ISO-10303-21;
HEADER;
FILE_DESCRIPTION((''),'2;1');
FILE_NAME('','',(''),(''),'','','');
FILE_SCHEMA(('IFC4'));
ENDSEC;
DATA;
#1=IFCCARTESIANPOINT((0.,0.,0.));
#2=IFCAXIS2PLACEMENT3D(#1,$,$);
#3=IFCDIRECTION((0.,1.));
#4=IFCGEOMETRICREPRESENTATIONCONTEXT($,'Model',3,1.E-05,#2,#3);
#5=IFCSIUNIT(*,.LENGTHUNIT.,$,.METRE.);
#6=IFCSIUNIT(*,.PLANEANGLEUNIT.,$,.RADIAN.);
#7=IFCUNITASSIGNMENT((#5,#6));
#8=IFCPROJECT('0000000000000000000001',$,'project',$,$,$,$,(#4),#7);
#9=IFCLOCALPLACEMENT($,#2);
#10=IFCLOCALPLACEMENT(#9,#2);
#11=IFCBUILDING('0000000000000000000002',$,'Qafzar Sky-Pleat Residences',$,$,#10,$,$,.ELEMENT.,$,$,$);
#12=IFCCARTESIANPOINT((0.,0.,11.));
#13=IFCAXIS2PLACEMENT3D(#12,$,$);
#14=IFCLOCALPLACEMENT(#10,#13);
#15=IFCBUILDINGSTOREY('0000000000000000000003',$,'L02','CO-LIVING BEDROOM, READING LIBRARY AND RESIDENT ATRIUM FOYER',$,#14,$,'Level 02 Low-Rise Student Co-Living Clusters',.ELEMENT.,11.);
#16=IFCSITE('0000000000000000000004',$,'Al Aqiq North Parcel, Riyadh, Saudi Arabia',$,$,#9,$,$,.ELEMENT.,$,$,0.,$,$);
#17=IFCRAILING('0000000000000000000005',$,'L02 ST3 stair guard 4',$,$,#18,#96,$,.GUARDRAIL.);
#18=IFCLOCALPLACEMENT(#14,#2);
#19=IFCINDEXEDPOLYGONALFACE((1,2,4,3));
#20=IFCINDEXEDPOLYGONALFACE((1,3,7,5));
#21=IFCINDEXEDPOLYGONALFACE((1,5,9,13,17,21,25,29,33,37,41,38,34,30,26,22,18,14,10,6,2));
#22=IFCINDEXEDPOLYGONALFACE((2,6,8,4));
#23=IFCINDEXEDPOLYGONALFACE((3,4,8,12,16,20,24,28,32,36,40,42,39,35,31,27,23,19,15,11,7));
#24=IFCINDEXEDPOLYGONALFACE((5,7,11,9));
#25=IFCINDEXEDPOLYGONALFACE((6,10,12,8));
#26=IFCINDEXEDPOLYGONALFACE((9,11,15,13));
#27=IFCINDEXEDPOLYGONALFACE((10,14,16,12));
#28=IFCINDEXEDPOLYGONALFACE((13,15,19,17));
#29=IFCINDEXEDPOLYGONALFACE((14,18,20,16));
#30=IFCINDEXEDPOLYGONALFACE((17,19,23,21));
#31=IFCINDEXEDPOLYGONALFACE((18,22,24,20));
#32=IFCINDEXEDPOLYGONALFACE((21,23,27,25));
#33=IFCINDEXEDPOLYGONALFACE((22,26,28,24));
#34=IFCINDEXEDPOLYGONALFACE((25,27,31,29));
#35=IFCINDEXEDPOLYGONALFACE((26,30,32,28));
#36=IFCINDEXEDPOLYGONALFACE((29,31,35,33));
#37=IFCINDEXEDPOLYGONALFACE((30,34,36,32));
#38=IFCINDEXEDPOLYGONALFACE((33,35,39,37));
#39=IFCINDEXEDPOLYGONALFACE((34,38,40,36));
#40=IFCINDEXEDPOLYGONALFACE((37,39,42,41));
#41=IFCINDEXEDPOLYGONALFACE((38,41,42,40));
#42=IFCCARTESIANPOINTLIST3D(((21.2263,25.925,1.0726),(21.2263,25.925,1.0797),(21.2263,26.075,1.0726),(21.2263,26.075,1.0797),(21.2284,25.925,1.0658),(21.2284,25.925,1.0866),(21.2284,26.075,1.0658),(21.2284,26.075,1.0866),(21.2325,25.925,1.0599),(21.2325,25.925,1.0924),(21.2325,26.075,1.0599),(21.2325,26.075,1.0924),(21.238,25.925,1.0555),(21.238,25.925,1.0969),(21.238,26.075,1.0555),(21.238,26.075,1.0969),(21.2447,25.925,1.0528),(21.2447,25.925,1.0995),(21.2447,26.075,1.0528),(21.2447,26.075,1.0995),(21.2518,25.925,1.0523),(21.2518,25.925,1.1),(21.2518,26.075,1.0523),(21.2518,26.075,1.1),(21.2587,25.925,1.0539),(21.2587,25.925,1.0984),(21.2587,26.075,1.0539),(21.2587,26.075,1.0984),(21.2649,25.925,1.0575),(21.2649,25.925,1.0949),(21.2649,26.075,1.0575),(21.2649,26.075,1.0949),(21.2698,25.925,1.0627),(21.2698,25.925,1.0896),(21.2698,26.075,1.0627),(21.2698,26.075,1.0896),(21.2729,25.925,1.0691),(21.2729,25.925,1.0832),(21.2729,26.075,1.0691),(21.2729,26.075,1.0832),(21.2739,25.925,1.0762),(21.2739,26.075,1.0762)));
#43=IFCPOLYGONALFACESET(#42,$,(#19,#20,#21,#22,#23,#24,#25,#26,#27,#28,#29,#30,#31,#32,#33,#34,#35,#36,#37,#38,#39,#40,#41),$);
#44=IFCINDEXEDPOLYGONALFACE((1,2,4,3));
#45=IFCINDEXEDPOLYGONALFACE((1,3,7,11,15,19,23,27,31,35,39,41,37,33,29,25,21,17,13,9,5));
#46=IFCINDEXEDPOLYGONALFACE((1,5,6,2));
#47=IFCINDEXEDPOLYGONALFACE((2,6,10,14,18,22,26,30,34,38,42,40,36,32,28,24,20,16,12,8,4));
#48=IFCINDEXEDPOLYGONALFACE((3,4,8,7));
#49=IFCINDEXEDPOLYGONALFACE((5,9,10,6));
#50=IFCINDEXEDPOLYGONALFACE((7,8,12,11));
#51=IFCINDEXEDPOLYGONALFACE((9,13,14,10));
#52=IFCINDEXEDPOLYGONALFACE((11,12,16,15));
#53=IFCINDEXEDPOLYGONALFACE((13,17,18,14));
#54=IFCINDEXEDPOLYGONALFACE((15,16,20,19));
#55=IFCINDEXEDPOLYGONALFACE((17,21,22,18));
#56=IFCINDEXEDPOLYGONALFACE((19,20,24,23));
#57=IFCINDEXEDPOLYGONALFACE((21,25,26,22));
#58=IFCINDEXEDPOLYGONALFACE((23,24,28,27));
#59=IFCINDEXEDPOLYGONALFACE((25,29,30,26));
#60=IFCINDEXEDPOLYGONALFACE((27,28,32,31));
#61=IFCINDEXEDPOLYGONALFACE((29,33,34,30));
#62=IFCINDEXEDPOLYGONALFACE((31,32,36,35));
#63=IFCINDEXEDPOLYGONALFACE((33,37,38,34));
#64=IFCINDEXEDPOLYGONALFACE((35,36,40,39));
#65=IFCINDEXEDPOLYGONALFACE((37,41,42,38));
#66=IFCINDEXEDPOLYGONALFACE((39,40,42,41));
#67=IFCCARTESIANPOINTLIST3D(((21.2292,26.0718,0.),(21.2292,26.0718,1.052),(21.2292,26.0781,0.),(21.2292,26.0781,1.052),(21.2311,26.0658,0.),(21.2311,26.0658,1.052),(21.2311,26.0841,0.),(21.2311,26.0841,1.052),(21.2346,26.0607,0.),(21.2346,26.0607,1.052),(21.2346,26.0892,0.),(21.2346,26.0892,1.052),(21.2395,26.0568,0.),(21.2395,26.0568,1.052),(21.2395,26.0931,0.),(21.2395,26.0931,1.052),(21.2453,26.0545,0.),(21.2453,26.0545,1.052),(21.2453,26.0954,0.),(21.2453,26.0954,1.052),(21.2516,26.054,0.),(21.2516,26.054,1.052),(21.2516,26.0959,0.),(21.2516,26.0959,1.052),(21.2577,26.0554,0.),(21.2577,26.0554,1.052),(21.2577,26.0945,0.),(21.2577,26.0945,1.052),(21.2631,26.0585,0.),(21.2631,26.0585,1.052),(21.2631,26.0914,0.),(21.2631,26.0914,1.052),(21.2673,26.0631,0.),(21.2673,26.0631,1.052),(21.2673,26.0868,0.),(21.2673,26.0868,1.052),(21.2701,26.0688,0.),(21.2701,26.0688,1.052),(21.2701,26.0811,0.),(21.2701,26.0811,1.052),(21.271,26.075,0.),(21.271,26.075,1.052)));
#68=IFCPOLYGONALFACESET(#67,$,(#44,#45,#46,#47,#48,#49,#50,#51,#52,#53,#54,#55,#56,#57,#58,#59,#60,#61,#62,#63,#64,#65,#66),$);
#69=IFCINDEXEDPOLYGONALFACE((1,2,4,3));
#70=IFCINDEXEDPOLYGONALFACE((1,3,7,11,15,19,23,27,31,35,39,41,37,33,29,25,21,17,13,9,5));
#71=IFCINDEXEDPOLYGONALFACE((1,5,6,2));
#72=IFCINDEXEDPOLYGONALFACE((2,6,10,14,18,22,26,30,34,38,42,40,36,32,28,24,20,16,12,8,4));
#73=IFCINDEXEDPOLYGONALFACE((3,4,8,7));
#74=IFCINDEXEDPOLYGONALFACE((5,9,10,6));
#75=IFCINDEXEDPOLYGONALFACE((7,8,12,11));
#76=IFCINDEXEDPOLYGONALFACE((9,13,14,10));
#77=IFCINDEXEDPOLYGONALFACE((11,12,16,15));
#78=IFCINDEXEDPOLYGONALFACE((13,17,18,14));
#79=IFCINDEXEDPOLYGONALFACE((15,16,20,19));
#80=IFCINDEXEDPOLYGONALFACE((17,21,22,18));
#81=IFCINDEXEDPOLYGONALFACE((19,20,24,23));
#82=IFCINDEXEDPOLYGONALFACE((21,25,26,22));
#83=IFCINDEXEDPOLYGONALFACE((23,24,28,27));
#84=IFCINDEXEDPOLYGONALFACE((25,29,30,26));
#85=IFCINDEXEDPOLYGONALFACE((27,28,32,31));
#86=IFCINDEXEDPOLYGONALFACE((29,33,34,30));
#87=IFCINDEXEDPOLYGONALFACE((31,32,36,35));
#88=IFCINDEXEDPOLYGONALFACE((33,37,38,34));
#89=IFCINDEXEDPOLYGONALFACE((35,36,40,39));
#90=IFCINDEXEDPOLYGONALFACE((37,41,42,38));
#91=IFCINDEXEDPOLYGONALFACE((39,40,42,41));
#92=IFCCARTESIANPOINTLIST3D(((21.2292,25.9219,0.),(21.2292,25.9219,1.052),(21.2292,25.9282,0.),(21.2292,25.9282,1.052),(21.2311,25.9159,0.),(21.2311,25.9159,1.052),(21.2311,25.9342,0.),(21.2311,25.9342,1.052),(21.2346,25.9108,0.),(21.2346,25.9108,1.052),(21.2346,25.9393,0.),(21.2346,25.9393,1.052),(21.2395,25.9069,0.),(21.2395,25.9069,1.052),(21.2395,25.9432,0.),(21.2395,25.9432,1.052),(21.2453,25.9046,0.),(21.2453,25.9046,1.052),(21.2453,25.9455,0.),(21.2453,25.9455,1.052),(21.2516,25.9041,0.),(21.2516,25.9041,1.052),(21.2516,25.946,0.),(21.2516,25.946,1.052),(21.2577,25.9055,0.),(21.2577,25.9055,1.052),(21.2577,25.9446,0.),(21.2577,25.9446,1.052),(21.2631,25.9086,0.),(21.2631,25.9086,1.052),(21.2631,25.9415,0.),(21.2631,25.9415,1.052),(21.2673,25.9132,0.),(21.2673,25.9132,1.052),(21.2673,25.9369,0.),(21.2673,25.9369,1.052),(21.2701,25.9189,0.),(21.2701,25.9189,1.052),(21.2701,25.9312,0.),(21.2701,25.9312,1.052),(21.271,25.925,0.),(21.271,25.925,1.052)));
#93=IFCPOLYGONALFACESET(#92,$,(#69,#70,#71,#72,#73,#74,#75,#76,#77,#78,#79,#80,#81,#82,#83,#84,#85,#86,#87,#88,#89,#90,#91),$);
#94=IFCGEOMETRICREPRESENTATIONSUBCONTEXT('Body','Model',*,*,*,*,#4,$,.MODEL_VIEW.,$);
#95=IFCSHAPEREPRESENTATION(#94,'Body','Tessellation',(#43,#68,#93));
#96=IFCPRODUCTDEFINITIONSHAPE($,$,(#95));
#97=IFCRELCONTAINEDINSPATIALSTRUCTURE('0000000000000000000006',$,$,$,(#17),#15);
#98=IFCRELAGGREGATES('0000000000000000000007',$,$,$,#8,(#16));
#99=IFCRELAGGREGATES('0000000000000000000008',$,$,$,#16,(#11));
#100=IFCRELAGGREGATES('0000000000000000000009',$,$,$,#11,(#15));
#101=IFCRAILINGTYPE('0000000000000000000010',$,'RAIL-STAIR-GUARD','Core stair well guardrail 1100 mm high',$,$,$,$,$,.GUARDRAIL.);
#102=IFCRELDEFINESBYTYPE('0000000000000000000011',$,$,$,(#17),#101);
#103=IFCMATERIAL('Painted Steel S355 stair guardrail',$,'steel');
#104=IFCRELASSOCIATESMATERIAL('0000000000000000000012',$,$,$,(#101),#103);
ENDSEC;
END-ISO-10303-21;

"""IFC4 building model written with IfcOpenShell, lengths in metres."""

from ifc_helpers import new_model, si_unit, direction, frame, origin, origin_2d, place, context, subcontext, project, spatial, circle, extrude, source, transform, mapped, material, type_object, element, save


model = new_model("IFC4")

# Units and contexts
model_context = context("Model", 3, precision=1e-05, world=origin(), true_north=direction((0.0, 1.0)))
body_context = subcontext(model_context, "Body", "Model", "MODEL_VIEW")
ifc_project = project(units=[si_unit("LENGTHUNIT", "METRE"), si_unit("PLANEANGLEUNIT", "RADIAN")], contexts=[model_context])

# Site, building, storey
site_placement = place(None, origin())
site = spatial("IfcSite", under=ifc_project, at=site_placement, Name="Al Aqiq North Parcel, Riyadh, Saudi Arabia", CompositionType="ELEMENT", RefElevation=0.0)
building_placement = place(site_placement, origin())
building = spatial("IfcBuilding", under=site, at=building_placement, Name="Qafzar Sky-Pleat Residences", CompositionType="ELEMENT")
storey_placement = place(building_placement, frame((0.0, 0.0, 11.0)))
storey = spatial("IfcBuildingStorey", under=building, at=storey_placement, Name="L02", Description="CO-LIVING BEDROOM, READING LIBRARY AND RESIDENT ATRIUM FOYER", LongName="Level 02 Low-Rise Student Co-Living Clusters", CompositionType="ELEMENT", Elevation=11.0)

# Railing
ifc_material_1 = material(Name="Painted Steel S355 stair guardrail", Category="steel")
railing_type_1 = type_object("IfcRailingType", Name="RAIL-STAIR-GUARD", Description="Core stair well guardrail 1100 mm high", PredefinedType="GUARDRAIL", material=ifc_material_1)
shared_shape_1 = source(origin(), body_context, "Body", "SweptSolid", [
    extrude(circle(Radius=0.0239, at=origin_2d()), frame((0.0, 0.0, 1.0762), z_axis=(0.0, -1.0, 0.0), x_axis=(1.0, 0.0, 0.0)), (0.0, 0.0, 1.0), 0.1499),
    extrude(circle(Radius=0.021, at=origin_2d()), origin(), (0.0, 0.0, 1.0), 1.052),
    extrude(circle(Radius=0.021, at=origin_2d()), frame((0.0, -0.1499, 0.0)), (0.0, 0.0, 1.0), 1.052),
])
railing_1_placement = place(storey_placement, frame((21.25, 26.075, 0.0)))
element("IfcRailing", 1, at=railing_1_placement, inside=storey, type_object=railing_type_1, Name="L02 ST3 stair guard 4", PredefinedType="GUARDRAIL", context=body_context, shape_type="MappedRepresentation", body=[
    mapped(shared_shape_1, transform((0.0, 0.0, 0.0), x_axis=(1.0, 0.0, 0.0), y_axis=(0.0, 1.0, 0.0), z_axis=(0.0, 0.0, 1.0), scale=1.0)),
])

save(model, "model.ifc")
